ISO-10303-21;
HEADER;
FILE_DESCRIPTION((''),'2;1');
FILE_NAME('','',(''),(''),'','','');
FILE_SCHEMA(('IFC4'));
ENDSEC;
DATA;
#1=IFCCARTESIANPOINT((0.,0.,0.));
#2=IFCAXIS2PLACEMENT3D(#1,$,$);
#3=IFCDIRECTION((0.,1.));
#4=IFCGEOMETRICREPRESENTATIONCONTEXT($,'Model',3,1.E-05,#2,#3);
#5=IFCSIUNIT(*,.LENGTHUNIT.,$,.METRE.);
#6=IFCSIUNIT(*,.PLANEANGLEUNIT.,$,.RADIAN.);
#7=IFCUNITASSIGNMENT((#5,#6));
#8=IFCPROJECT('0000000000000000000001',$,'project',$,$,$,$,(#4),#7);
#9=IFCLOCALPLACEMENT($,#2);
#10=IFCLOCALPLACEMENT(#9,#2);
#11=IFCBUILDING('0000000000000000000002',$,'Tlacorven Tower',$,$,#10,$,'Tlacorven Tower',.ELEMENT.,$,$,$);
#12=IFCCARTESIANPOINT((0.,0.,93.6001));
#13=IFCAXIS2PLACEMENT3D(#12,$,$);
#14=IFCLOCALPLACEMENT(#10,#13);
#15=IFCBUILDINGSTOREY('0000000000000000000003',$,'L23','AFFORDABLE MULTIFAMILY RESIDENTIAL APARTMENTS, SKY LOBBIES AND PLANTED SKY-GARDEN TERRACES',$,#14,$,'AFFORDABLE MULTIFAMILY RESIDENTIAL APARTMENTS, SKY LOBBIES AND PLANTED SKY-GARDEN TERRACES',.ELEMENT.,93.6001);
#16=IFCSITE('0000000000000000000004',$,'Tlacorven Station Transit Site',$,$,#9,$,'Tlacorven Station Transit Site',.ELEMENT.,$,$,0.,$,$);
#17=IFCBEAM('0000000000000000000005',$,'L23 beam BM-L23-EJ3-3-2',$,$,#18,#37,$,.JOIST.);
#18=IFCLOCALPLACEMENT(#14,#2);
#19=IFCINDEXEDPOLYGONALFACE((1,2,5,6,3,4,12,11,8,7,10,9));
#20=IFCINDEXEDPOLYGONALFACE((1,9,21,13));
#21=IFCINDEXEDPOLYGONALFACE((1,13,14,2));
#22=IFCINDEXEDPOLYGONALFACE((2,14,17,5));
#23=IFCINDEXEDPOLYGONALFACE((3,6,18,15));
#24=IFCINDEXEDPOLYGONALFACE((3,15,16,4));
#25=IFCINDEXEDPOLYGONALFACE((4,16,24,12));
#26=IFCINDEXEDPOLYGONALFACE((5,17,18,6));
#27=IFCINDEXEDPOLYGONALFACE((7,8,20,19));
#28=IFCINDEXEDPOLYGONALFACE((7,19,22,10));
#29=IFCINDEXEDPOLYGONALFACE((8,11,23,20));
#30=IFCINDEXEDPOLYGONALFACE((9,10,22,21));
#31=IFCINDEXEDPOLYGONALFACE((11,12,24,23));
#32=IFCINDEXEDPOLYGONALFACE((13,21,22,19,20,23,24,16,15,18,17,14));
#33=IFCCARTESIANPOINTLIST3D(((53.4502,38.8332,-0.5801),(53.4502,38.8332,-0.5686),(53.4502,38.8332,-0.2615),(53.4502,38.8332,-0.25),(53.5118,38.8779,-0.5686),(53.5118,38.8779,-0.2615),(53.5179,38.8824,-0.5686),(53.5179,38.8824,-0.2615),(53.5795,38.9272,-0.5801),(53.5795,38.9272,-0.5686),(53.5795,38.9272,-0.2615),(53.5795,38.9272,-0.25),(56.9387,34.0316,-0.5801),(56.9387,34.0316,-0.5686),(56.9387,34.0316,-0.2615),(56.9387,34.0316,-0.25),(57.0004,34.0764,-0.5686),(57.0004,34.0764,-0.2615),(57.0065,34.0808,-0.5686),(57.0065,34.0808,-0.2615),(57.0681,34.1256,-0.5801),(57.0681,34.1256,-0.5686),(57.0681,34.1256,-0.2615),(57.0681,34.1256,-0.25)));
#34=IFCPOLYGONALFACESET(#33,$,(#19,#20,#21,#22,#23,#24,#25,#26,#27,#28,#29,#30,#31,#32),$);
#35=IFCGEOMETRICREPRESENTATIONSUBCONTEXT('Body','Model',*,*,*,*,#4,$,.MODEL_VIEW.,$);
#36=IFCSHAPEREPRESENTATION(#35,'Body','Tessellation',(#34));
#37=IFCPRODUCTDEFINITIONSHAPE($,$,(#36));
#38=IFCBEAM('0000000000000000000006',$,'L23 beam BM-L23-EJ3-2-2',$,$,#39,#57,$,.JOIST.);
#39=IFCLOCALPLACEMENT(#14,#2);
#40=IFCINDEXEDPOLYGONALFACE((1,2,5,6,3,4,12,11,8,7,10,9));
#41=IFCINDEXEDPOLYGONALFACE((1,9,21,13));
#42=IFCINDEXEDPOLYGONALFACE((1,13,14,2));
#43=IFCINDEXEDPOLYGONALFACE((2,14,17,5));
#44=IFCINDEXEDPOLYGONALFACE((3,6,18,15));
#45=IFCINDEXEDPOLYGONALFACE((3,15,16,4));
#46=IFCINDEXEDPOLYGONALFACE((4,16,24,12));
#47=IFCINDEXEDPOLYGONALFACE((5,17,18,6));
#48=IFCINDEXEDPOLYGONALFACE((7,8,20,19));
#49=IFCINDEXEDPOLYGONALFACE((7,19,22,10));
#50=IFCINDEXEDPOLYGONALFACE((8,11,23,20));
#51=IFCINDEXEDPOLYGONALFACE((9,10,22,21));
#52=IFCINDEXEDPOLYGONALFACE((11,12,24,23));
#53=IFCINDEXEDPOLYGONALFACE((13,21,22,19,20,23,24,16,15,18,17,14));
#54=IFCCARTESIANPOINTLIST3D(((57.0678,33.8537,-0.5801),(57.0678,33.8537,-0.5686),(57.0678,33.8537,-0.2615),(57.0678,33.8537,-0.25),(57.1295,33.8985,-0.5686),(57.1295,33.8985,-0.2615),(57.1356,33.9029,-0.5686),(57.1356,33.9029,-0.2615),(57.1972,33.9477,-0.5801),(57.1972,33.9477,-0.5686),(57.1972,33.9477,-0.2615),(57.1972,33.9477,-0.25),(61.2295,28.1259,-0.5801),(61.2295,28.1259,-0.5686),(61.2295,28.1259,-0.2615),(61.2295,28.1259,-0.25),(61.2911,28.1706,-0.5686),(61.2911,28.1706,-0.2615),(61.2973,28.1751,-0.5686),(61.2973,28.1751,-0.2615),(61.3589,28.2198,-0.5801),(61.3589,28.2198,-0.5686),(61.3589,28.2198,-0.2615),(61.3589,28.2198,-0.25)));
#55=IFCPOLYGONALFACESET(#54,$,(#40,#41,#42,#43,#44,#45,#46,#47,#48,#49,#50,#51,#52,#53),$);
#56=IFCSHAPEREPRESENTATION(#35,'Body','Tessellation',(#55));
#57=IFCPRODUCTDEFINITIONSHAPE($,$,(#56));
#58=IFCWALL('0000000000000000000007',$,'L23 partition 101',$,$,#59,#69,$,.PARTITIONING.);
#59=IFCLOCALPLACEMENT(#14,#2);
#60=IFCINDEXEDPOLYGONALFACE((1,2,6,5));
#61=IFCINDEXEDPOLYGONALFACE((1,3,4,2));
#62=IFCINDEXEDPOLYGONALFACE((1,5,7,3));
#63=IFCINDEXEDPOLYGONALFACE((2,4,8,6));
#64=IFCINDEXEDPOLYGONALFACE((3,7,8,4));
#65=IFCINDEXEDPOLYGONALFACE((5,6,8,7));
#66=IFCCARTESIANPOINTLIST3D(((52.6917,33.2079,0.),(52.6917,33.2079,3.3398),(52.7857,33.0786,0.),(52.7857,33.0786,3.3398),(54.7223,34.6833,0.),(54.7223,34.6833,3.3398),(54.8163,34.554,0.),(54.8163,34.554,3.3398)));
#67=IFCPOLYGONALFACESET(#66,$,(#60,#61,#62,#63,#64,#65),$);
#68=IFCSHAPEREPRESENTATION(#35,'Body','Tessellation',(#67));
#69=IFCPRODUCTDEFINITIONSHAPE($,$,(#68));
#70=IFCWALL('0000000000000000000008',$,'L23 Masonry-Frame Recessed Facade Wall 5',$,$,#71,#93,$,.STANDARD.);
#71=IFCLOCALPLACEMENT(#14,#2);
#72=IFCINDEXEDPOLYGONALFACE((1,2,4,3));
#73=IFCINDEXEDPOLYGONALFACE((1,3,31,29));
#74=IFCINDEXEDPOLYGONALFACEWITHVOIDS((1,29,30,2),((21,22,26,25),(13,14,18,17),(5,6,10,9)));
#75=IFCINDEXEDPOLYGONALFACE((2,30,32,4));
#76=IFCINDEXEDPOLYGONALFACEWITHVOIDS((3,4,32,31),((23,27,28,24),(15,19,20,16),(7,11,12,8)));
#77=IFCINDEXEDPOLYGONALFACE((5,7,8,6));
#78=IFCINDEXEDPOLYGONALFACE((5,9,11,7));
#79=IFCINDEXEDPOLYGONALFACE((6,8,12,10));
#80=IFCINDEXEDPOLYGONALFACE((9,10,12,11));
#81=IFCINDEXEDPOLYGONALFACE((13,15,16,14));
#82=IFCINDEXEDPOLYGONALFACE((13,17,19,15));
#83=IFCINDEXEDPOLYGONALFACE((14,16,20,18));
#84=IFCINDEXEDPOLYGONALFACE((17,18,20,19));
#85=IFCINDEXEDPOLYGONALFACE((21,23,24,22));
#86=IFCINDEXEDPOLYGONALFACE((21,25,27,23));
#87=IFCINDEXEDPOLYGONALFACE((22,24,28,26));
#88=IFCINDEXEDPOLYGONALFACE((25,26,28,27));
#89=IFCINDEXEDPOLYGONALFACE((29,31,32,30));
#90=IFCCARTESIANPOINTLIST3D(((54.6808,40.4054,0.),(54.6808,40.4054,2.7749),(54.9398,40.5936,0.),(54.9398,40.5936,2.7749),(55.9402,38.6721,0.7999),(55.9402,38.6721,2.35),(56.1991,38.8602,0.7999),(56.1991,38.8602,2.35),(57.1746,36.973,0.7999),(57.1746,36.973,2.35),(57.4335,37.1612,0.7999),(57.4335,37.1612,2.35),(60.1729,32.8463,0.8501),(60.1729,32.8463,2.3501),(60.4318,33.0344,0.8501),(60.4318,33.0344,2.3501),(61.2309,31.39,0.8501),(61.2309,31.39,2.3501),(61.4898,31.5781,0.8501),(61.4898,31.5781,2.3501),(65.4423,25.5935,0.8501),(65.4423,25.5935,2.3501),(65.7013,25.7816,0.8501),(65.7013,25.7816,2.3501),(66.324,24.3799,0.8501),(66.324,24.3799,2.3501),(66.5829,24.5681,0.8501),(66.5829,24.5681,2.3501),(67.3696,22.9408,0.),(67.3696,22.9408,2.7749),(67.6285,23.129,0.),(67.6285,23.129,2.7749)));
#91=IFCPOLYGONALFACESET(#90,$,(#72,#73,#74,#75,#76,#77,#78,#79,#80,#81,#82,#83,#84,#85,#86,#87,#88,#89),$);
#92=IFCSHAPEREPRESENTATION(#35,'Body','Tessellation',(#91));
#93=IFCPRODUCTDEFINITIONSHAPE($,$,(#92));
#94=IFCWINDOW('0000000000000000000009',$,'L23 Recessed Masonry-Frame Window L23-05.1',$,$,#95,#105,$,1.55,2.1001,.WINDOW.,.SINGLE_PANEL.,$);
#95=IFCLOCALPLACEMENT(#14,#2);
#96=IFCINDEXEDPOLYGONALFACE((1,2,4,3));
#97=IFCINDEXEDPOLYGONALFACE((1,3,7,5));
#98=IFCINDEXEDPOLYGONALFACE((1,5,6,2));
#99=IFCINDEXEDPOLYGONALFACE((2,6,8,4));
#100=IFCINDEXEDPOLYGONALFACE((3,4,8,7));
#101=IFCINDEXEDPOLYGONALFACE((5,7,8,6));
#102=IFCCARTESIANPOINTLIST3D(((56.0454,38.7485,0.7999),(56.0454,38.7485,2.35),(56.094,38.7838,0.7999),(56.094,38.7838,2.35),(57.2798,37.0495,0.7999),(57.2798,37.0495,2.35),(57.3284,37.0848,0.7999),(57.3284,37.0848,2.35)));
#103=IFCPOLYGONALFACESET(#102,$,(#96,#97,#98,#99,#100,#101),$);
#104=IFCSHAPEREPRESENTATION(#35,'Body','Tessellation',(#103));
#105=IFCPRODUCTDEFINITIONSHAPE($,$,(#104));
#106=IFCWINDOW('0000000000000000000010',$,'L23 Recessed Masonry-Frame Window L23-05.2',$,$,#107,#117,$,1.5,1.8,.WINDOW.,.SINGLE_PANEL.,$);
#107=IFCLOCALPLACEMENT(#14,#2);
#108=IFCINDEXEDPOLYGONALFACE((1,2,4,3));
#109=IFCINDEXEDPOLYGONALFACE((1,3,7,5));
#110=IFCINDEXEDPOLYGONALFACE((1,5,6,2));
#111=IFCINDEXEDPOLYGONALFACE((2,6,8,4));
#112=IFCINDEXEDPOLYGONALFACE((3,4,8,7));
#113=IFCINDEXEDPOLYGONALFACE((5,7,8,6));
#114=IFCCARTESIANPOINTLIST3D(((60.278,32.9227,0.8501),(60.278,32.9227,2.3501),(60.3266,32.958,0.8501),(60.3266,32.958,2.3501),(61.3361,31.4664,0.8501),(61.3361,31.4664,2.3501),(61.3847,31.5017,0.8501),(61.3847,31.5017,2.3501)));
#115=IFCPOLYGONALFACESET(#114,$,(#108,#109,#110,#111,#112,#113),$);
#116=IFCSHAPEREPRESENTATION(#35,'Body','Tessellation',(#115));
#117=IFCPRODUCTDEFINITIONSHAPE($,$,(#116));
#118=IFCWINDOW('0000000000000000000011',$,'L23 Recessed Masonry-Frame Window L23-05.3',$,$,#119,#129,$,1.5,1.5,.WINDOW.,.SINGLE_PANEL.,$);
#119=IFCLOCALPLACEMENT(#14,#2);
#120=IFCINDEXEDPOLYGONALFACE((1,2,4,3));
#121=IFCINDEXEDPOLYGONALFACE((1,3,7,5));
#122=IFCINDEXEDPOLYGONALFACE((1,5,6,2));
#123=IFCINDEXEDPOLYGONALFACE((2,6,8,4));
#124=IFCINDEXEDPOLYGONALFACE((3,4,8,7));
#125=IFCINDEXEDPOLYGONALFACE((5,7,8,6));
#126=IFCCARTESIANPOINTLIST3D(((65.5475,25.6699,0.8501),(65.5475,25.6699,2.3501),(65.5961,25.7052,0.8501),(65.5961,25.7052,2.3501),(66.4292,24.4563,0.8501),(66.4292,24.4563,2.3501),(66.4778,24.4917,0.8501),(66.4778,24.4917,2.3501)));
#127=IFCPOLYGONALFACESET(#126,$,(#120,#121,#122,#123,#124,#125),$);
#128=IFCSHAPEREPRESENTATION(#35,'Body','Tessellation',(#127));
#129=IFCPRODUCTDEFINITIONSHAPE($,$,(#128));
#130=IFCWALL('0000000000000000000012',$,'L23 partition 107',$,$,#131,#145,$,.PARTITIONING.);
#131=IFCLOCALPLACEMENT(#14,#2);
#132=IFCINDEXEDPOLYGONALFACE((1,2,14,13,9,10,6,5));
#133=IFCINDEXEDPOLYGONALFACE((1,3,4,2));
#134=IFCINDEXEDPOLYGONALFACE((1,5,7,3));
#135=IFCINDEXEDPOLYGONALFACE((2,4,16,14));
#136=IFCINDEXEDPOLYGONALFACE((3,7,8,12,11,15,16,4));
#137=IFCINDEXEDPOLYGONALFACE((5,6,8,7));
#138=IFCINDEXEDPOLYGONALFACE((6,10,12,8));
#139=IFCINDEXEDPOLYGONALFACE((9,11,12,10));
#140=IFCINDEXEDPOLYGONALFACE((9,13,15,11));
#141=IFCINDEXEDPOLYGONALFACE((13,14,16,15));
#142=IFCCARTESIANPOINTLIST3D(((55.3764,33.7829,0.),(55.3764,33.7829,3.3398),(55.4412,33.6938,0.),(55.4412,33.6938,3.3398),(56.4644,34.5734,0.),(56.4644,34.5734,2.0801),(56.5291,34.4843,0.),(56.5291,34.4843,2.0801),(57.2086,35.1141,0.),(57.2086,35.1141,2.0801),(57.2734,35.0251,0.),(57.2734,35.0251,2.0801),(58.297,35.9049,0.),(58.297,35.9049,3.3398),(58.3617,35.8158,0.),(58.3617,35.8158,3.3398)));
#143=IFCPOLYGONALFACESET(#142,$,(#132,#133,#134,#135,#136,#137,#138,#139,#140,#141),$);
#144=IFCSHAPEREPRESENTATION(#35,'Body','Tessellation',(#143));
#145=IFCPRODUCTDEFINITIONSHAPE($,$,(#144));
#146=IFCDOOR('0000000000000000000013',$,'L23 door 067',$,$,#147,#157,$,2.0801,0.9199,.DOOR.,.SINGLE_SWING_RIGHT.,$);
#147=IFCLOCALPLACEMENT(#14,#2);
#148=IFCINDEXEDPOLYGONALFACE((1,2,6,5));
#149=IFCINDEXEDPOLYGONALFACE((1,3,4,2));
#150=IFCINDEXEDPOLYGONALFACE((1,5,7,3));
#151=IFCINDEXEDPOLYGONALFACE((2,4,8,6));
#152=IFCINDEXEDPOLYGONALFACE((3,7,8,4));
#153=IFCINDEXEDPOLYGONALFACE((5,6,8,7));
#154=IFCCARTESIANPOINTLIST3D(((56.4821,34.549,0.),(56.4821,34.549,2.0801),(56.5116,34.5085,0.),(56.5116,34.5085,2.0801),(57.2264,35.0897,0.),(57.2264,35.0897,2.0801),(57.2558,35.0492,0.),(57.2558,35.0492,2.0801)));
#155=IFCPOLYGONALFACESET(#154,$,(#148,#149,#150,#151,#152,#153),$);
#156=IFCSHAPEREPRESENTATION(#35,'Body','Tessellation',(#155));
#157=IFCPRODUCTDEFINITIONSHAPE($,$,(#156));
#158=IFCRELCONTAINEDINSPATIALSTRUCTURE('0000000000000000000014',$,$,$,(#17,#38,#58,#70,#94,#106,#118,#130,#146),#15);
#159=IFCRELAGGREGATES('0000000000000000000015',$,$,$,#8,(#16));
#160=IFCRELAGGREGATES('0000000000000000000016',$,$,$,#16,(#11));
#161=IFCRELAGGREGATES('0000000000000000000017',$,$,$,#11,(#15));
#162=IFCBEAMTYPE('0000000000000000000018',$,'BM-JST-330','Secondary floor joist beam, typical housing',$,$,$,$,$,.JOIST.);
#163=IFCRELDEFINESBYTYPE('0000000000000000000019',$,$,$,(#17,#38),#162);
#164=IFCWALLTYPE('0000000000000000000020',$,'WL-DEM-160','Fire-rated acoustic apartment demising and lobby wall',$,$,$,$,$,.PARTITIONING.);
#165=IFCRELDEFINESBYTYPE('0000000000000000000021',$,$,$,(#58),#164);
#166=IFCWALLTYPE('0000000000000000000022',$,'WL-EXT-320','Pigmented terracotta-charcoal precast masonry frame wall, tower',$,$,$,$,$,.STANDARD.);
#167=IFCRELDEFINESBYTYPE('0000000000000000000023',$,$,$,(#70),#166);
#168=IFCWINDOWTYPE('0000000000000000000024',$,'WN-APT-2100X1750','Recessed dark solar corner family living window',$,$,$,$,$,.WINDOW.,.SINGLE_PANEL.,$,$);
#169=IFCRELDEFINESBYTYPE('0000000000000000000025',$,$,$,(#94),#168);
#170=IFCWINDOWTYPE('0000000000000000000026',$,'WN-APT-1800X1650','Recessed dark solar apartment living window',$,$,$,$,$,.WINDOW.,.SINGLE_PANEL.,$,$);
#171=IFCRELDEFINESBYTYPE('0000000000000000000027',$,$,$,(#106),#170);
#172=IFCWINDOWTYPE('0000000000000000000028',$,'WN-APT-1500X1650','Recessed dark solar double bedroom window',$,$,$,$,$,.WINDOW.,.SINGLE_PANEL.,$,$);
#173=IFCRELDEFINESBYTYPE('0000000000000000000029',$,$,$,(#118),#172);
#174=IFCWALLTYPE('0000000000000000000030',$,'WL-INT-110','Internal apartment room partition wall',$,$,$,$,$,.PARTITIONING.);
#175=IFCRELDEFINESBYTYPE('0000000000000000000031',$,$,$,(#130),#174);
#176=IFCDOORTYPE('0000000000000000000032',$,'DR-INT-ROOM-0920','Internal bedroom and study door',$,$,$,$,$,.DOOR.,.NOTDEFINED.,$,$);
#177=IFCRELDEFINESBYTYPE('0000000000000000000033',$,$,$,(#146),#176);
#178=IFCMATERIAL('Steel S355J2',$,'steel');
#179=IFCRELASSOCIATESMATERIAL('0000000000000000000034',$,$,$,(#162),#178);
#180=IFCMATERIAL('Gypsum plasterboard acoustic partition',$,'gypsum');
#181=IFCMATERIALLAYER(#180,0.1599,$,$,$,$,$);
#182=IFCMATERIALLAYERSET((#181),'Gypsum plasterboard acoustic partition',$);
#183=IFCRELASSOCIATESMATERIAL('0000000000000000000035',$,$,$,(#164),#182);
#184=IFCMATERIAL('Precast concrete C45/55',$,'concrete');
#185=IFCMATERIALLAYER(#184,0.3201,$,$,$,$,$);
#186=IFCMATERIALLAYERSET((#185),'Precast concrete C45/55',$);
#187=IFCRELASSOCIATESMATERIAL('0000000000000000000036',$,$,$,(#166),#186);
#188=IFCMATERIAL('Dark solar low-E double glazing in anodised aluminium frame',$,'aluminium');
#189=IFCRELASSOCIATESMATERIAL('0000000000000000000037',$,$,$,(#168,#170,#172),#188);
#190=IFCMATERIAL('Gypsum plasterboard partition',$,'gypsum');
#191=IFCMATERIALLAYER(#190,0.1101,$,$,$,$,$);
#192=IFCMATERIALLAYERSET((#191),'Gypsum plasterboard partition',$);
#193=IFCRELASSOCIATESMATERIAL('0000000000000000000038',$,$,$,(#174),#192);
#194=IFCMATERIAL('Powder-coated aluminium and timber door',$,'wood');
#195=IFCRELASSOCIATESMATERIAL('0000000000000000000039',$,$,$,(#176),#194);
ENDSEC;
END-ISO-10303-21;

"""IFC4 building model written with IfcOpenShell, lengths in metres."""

from ifc_helpers import new_model, si_unit, direction, frame, frame_2d, origin, origin_2d, place, context, subcontext, project, spatial, rectangle, i_section, extrude, source, transform, mapped, material, layer, layer_set, material_profile, profile_set, type_object, element, fill, save


model = new_model("IFC4")

# Units and contexts
model_context = context("Model", 3, precision=1e-05, world=origin(), true_north=direction((0.0, 1.0)))
body_context = subcontext(model_context, "Body", "Model", "MODEL_VIEW")
ifc_project = project(units=[si_unit("LENGTHUNIT", "METRE"), si_unit("PLANEANGLEUNIT", "RADIAN")], contexts=[model_context])

# Site, building, storey
site_placement = place(None, origin())
site = spatial("IfcSite", under=ifc_project, at=site_placement, Name="Tlacorven Station Transit Site", LongName="Tlacorven Station Transit Site", CompositionType="ELEMENT", RefElevation=0.0)
building_placement = place(site_placement, origin())
building = spatial("IfcBuilding", under=site, at=building_placement, Name="Tlacorven Tower", LongName="Tlacorven Tower", CompositionType="ELEMENT")
storey_placement = place(building_placement, frame((0.0, 0.0, 93.6001)))
storey = spatial("IfcBuildingStorey", under=building, at=storey_placement, Name="L23", Description="AFFORDABLE MULTIFAMILY RESIDENTIAL APARTMENTS, SKY LOBBIES AND PLANTED SKY-GARDEN TERRACES", LongName="AFFORDABLE MULTIFAMILY RESIDENTIAL APARTMENTS, SKY LOBBIES AND PLANTED SKY-GARDEN TERRACES", CompositionType="ELEMENT", Elevation=93.6001)

# Beams
ifc_material_1 = material(Name="Steel S355J2", Category="steel")
ifc_material_profile_1 = material_profile(ifc_material_1, i_section(OverallWidth=0.1599, OverallDepth=0.3301, WebThickness=0.0076, FlangeThickness=0.0115, at=origin_2d()), Name="IPE 330")
ifc_profile_set_1 = profile_set([ifc_material_profile_1], Name="Steel S355J2")
beam_type_1 = type_object("IfcBeamType", Name="BM-JST-330", Description="Secondary floor joist beam, typical housing", PredefinedType="JOIST", material=ifc_profile_set_1)
shared_shape_1 = source(origin(), body_context, "Body", "SweptSolid", [
    extrude(i_section(OverallWidth=0.1599, OverallDepth=0.3301, WebThickness=0.0076, FlangeThickness=0.0115, at=origin_2d()), origin(), (0.0, 0.0, 1.0), 5.9351),
])
for number, where, z_axis, x_axis, name in (
    (1, (57.0034, 34.0786, -0.415), (-0.587788, 0.809015, 0.0), (-0.809015, -0.587788, 0.0), "L23 beam BM-L23-EJ3-3-2"),
):
    element("IfcBeam", number, at=place(storey_placement, frame(where, z_axis=z_axis, x_axis=x_axis)), inside=storey, type_object=beam_type_1, Name=name, PredefinedType="JOIST", context=body_context, shape_type="MappedRepresentation", body=[
        mapped(shared_shape_1, transform((0.0, 0.0, 0.0), scale=1.0)),
    ])
shared_shape_2 = source(origin(), body_context, "Body", "SweptSolid", [
    extrude(i_section(OverallWidth=0.1599, OverallDepth=0.3301, WebThickness=0.0076, FlangeThickness=0.0115, at=origin_2d()), origin(), (0.0, 0.0, 1.0), 7.0801),
])
beam_1_placement = place(storey_placement, frame((61.2942, 28.1729, -0.415), z_axis=(-0.587798, 0.809007, 0.0), x_axis=(-0.809007, -0.587798, 0.0)))
element("IfcBeam", 2, at=beam_1_placement, inside=storey, type_object=beam_type_1, Name="L23 beam BM-L23-EJ3-2-2", PredefinedType="JOIST", context=body_context, shape_type="MappedRepresentation", body=[
    mapped(shared_shape_2, transform((0.0, 0.0, 0.0), scale=1.0)),
])

# Wall
ifc_material_2 = material(Name="Gypsum plasterboard acoustic partition", Category="gypsum")
ifc_layer_1 = layer(ifc_material_2, 0.1599)
ifc_layer_set_1 = layer_set([ifc_layer_1], Name="Gypsum plasterboard acoustic partition")
wall_type_1 = type_object("IfcWallType", Name="WL-DEM-160", Description="Fire-rated acoustic apartment demising and lobby wall", PredefinedType="PARTITIONING", material=ifc_layer_set_1)
wall_1_placement = place(storey_placement, frame((52.7388, 33.1433, 0.0), z_axis=(0.0, 0.0, 1.0), x_axis=(0.809001, 0.587807, 0.0)))
element("IfcWall", 3, at=wall_1_placement, inside=storey, type_object=wall_type_1, Name="L23 partition 101", PredefinedType="PARTITIONING", context=body_context, shape_type="SweptSolid", body=[
    extrude(rectangle(XDim=2.51, YDim=0.1599, at=frame_2d((1.2549, 0.0))), origin(), (0.0, 0.0, 1.0), 3.3398),
])

# Wall, openings, windows
ifc_material_3 = material(Name="Precast concrete C45/55", Category="concrete")
ifc_layer_2 = layer(ifc_material_3, 0.3201)
ifc_layer_set_2 = layer_set([ifc_layer_2], Name="Precast concrete C45/55")
wall_type_2 = type_object("IfcWallType", Name="WL-EXT-320", Description="Pigmented terracotta-charcoal precast masonry frame wall, tower", PredefinedType="STANDARD", material=ifc_layer_set_2)
wall_2_placement = place(storey_placement, frame((54.8103, 40.4995, 0.0), z_axis=(0.0, 0.0, 1.0), x_axis=(0.587784, -0.809018, 0.0)))
wall_2 = element("IfcWall", 4, at=wall_2_placement, inside=storey, type_object=wall_type_2, Name="L23 Masonry-Frame Recessed Facade Wall 5", PredefinedType="STANDARD", context=body_context, shape_type="SweptSolid", body=[
    extrude(rectangle(XDim=21.5874, YDim=0.3201, at=frame_2d((10.7937, 0.0))), origin(), (0.0, 0.0, 1.0), 2.7749),
])
opening_1_placement = place(wall_2_placement, frame((2.1426, 0.0, 0.8)))
opening_1 = element("IfcOpeningElement", 5, at=opening_1_placement, cuts=wall_2, PredefinedType="OPENING", context=body_context, shape_type="SweptSolid", body=[
    extrude(rectangle(XDim=2.1001, YDim=1.55, at=frame_2d((1.05, 0.7749))), frame((0.0, 0.1699, 0.0), z_axis=(0.0, -1.0, 0.0), x_axis=(1.0, 0.0, 0.0)), (0.0, 0.0, 1.0), 0.3401),
])
opening_2_placement = place(wall_2_placement, frame((9.3438, 0.0, 0.8501)))
opening_2 = element("IfcOpeningElement", 6, at=opening_2_placement, cuts=wall_2, PredefinedType="OPENING", context=body_context, shape_type="SweptSolid", body=[
    extrude(rectangle(XDim=1.8, YDim=1.5, at=frame_2d((0.8999, 0.75))), frame((0.0, 0.1699, 0.0), z_axis=(0.0, -1.0, 0.0), x_axis=(1.0, 0.0, 0.0)), (0.0, 0.0, 1.0), 0.3401),
])
opening_3_placement = place(wall_2_placement, frame((18.3086, 0.0, 0.8501)))
opening_3 = element("IfcOpeningElement", 7, at=opening_3_placement, cuts=wall_2, PredefinedType="OPENING", context=body_context, shape_type="SweptSolid", body=[
    extrude(rectangle(XDim=1.5, YDim=1.5, at=frame_2d((0.75, 0.75))), frame((0.0, 0.1699, 0.0), z_axis=(0.0, -1.0, 0.0), x_axis=(1.0, 0.0, 0.0)), (0.0, 0.0, 1.0), 0.3401),
])
ifc_material_4 = material(Name="Dark solar low-E double glazing in anodised aluminium frame", Category="aluminium")
window_type_1 = type_object("IfcWindowType", Name="WN-APT-2100X1750", Description="Recessed dark solar corner family living window", PartitioningType="SINGLE_PANEL", PredefinedType="WINDOW", material=ifc_material_4)
shared_shape_3 = source(origin(), body_context, "Body", "SweptSolid", [
    extrude(rectangle(XDim=2.1001, YDim=1.55, at=frame_2d((1.05, 0.7749))), frame((0.0, 0.03, 0.0), z_axis=(0.0, -1.0, 0.0), x_axis=(1.0, 0.0, 0.0)), (0.0, 0.0, 1.0), 0.0601),
])
window_1_placement = place(opening_1_placement, origin())
window_1 = element("IfcWindow", 8, at=window_1_placement, inside=storey, type_object=window_type_1, Name="L23 Recessed Masonry-Frame Window L23-05.1", OverallHeight=1.55, OverallWidth=2.1001, PartitioningType="SINGLE_PANEL", PredefinedType="WINDOW", context=body_context, shape_type="MappedRepresentation", body=[
    mapped(shared_shape_3, transform((0.0, 0.0, 0.0), scale=1.0)),
])
fill(opening_1, window_1)
window_type_2 = type_object("IfcWindowType", Name="WN-APT-1800X1650", Description="Recessed dark solar apartment living window", PartitioningType="SINGLE_PANEL", PredefinedType="WINDOW", material=ifc_material_4)
shared_shape_4 = source(origin(), body_context, "Body", "SweptSolid", [
    extrude(rectangle(XDim=1.8, YDim=1.5, at=frame_2d((0.8999, 0.75))), frame((0.0, 0.03, 0.0), z_axis=(0.0, -1.0, 0.0), x_axis=(1.0, 0.0, 0.0)), (0.0, 0.0, 1.0), 0.0601),
])
window_2_placement = place(opening_2_placement, origin())
window_2 = element("IfcWindow", 9, at=window_2_placement, inside=storey, type_object=window_type_2, Name="L23 Recessed Masonry-Frame Window L23-05.2", OverallHeight=1.5, OverallWidth=1.8, PartitioningType="SINGLE_PANEL", PredefinedType="WINDOW", context=body_context, shape_type="MappedRepresentation", body=[
    mapped(shared_shape_4, transform((0.0, 0.0, 0.0), scale=1.0)),
])
fill(opening_2, window_2)
window_type_3 = type_object("IfcWindowType", Name="WN-APT-1500X1650", Description="Recessed dark solar double bedroom window", PartitioningType="SINGLE_PANEL", PredefinedType="WINDOW", material=ifc_material_4)
shared_shape_5 = source(origin(), body_context, "Body", "SweptSolid", [
    extrude(rectangle(XDim=1.5, YDim=1.5, at=frame_2d((0.75, 0.75))), frame((0.0, 0.03, 0.0), z_axis=(0.0, -1.0, 0.0), x_axis=(1.0, 0.0, 0.0)), (0.0, 0.0, 1.0), 0.0601),
])
window_3_placement = place(opening_3_placement, origin())
window_3 = element("IfcWindow", 10, at=window_3_placement, inside=storey, type_object=window_type_3, Name="L23 Recessed Masonry-Frame Window L23-05.3", OverallHeight=1.5, OverallWidth=1.5, PartitioningType="SINGLE_PANEL", PredefinedType="WINDOW", context=body_context, shape_type="MappedRepresentation", body=[
    mapped(shared_shape_5, transform((0.0, 0.0, 0.0), scale=1.0)),
])
fill(opening_3, window_3)

# Wall, opening, door
ifc_material_5 = material(Name="Gypsum plasterboard partition", Category="gypsum")
ifc_layer_3 = layer(ifc_material_5, 0.1101)
ifc_layer_set_3 = layer_set([ifc_layer_3], Name="Gypsum plasterboard partition")
wall_type_3 = type_object("IfcWallType", Name="WL-INT-110", Description="Internal apartment room partition wall", PredefinedType="PARTITIONING", material=ifc_layer_set_3)
wall_3_placement = place(storey_placement, frame((55.4087, 33.7383, 0.0), z_axis=(0.0, 0.0, 1.0), x_axis=(0.809005, 0.587802, 0.0)))
wall_3 = element("IfcWall", 11, at=wall_3_placement, inside=storey, type_object=wall_type_3, Name="L23 partition 107", PredefinedType="PARTITIONING", context=body_context, shape_type="SweptSolid", body=[
    extrude(rectangle(XDim=3.6101, YDim=0.1101, at=frame_2d((1.8052, 0.0))), origin(), (0.0, 0.0, 1.0), 3.3398),
])
opening_4_placement = place(wall_3_placement, frame((1.345, 0.0, 0.0)))
opening_4 = element("IfcOpeningElement", 12, at=opening_4_placement, cuts=wall_3, PredefinedType="OPENING", context=body_context, shape_type="SweptSolid", body=[
    extrude(rectangle(XDim=0.9199, YDim=2.0801, at=frame_2d((0.46, 1.04))), frame((0.0, 0.0649, 0.0), z_axis=(0.0, -1.0, 0.0), x_axis=(1.0, 0.0, 0.0)), (0.0, 0.0, 1.0), 0.1301),
])
ifc_material_6 = material(Name="Powder-coated aluminium and timber door", Category="wood")
door_type = type_object("IfcDoorType", Name="DR-INT-ROOM-0920", Description="Internal bedroom and study door", OperationType="NOTDEFINED", PredefinedType="DOOR", material=ifc_material_6)
shared_shape_6 = source(origin(), body_context, "Body", "SweptSolid", [
    extrude(rectangle(XDim=0.9199, YDim=2.0801, at=frame_2d((0.46, 1.04))), frame((0.0, 0.0249, 0.0), z_axis=(0.0, -1.0, 0.0), x_axis=(1.0, 0.0, 0.0)), (0.0, 0.0, 1.0), 0.05),
])
door_placement = place(opening_4_placement, origin())
door = element("IfcDoor", 13, at=door_placement, inside=storey, type_object=door_type, Name="L23 door 067", OperationType="SINGLE_SWING_RIGHT", OverallHeight=2.0801, OverallWidth=0.9199, PredefinedType="DOOR", context=body_context, shape_type="MappedRepresentation", body=[
    mapped(shared_shape_6, transform((0.0, 0.0, 0.0), scale=1.0)),
])
fill(opening_4, door)

save(model, "model.ifc")
